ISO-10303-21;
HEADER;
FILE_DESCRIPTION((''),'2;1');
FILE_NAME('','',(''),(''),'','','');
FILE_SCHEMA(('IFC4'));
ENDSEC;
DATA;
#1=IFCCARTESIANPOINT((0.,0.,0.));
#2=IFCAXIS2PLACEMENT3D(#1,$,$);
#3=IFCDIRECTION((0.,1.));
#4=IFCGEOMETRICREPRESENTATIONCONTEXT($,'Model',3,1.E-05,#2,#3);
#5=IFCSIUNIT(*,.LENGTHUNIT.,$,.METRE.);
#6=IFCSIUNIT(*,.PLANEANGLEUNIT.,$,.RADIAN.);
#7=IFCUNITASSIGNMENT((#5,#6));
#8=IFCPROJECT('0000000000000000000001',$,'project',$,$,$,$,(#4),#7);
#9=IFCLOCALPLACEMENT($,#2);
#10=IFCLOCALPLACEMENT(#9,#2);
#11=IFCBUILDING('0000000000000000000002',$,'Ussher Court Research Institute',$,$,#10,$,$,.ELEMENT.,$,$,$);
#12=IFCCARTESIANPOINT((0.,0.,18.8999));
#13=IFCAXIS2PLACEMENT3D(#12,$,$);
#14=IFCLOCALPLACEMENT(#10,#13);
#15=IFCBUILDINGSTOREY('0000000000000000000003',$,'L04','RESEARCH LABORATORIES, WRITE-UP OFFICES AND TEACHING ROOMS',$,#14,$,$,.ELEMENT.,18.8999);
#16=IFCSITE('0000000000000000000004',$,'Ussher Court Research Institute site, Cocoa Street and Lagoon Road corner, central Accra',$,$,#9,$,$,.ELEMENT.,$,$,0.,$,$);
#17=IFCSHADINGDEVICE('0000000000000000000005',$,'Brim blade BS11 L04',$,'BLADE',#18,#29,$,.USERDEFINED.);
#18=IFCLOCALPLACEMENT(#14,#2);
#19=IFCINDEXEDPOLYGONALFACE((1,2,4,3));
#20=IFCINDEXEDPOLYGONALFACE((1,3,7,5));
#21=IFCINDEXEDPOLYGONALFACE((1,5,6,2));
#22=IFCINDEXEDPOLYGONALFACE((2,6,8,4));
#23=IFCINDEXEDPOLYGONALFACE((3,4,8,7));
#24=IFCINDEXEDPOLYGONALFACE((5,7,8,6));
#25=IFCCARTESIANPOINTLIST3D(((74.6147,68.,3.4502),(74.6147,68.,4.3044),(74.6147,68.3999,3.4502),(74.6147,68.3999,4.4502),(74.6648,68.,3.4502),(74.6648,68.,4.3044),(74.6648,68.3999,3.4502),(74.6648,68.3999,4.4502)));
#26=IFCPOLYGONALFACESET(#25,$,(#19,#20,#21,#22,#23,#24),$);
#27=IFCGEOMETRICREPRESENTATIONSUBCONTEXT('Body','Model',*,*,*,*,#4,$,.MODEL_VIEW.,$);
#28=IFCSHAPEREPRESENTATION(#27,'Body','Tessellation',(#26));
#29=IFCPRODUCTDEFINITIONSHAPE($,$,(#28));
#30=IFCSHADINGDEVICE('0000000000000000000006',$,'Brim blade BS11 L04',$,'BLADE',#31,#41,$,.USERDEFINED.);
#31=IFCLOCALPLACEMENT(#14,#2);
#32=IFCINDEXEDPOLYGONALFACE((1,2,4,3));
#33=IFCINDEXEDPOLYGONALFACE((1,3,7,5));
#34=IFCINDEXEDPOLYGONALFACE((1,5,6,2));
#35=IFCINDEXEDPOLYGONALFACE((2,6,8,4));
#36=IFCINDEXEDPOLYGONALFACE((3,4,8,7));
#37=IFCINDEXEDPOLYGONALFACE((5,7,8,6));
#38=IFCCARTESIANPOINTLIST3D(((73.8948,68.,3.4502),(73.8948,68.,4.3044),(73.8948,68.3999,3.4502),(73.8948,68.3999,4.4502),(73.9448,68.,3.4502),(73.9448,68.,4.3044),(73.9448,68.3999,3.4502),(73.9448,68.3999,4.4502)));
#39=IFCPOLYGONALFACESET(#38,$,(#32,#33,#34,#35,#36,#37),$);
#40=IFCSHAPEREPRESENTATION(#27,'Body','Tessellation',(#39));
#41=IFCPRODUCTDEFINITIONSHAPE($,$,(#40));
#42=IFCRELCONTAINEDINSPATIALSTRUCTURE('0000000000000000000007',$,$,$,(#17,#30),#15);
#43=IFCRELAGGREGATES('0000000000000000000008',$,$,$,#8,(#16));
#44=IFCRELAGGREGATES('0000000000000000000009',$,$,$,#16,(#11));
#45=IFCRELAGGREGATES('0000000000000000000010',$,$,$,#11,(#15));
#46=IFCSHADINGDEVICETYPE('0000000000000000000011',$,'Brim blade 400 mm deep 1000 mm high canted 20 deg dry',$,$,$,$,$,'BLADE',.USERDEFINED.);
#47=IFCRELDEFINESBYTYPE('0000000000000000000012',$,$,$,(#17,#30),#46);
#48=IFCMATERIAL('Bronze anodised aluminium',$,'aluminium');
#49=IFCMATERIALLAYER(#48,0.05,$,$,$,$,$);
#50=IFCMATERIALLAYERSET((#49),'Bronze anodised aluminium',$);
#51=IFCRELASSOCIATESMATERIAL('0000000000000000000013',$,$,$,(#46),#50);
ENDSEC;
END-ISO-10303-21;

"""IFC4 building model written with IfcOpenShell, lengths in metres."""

from ifc_helpers import new_model, si_unit, direction, frame, origin, place, context, subcontext, project, spatial, polyline, outline, extrude, material, layer, layer_set, type_object, element, save


model = new_model("IFC4")

# Units and contexts
model_context = context("Model", 3, precision=1e-05, world=origin(), true_north=direction((0.0, 1.0)))
body_context = subcontext(model_context, "Body", "Model", "MODEL_VIEW")
ifc_project = project(units=[si_unit("LENGTHUNIT", "METRE"), si_unit("PLANEANGLEUNIT", "RADIAN")], contexts=[model_context])

# Site, building, storey
site_placement = place(None, origin())
site = spatial("IfcSite", under=ifc_project, at=site_placement, Name="Ussher Court Research Institute site, Cocoa Street and Lagoon Road corner, central Accra", CompositionType="ELEMENT", RefElevation=0.0)
building_placement = place(site_placement, origin())
building = spatial("IfcBuilding", under=site, at=building_placement, Name="Ussher Court Research Institute", CompositionType="ELEMENT")
storey_placement = place(building_placement, frame((0.0, 0.0, 18.8999)))
storey = spatial("IfcBuildingStorey", under=building, at=storey_placement, Name="L04", Description="RESEARCH LABORATORIES, WRITE-UP OFFICES AND TEACHING ROOMS", CompositionType="ELEMENT", Elevation=18.8999)

# Shading devices
ifc_material_1 = material(Name="Bronze anodised aluminium", Category="aluminium")
ifc_layer_1 = layer(ifc_material_1, 0.05)
ifc_layer_set_1 = layer_set([ifc_layer_1], Name="Bronze anodised aluminium")
shading_device_type_1 = type_object("IfcShadingDeviceType", Name="Brim blade 400 mm deep 1000 mm high canted 20 deg dry", ElementType="BLADE", PredefinedType="USERDEFINED", material=ifc_layer_set_1)
for number, where, z_axis, x_axis, name in (
    (1, (74.6399, 68.3999, 3.4502), (0.0, 0.0, 1.0), (0.0, -1.0, 0.0), "Brim blade BS11 L04"),
    (2, (73.9199, 68.3999, 3.4502), (0.0, 0.0, 1.0), (0.0, -1.0, 0.0), "Brim blade BS11 L04"),
):
    element("IfcShadingDevice", number, at=place(storey_placement, frame(where, z_axis=z_axis, x_axis=x_axis)), inside=storey, type_object=shading_device_type_1, Name=name, ObjectType="BLADE", PredefinedType="USERDEFINED", context=body_context, shape_type="SweptSolid", body=[
        extrude(outline(polyline([(0.0, 0.0), (0.3999, 0.0), (0.3999, 0.8542), (0.0, 1.0), (0.0, 0.0)])), frame((0.0, 0.0249, 0.0), z_axis=(0.0, -1.0, 0.0), x_axis=(1.0, 0.0, 0.0)), (0.0, 0.0, 1.0), 0.05),
    ])

save(model, "model.ifc")
